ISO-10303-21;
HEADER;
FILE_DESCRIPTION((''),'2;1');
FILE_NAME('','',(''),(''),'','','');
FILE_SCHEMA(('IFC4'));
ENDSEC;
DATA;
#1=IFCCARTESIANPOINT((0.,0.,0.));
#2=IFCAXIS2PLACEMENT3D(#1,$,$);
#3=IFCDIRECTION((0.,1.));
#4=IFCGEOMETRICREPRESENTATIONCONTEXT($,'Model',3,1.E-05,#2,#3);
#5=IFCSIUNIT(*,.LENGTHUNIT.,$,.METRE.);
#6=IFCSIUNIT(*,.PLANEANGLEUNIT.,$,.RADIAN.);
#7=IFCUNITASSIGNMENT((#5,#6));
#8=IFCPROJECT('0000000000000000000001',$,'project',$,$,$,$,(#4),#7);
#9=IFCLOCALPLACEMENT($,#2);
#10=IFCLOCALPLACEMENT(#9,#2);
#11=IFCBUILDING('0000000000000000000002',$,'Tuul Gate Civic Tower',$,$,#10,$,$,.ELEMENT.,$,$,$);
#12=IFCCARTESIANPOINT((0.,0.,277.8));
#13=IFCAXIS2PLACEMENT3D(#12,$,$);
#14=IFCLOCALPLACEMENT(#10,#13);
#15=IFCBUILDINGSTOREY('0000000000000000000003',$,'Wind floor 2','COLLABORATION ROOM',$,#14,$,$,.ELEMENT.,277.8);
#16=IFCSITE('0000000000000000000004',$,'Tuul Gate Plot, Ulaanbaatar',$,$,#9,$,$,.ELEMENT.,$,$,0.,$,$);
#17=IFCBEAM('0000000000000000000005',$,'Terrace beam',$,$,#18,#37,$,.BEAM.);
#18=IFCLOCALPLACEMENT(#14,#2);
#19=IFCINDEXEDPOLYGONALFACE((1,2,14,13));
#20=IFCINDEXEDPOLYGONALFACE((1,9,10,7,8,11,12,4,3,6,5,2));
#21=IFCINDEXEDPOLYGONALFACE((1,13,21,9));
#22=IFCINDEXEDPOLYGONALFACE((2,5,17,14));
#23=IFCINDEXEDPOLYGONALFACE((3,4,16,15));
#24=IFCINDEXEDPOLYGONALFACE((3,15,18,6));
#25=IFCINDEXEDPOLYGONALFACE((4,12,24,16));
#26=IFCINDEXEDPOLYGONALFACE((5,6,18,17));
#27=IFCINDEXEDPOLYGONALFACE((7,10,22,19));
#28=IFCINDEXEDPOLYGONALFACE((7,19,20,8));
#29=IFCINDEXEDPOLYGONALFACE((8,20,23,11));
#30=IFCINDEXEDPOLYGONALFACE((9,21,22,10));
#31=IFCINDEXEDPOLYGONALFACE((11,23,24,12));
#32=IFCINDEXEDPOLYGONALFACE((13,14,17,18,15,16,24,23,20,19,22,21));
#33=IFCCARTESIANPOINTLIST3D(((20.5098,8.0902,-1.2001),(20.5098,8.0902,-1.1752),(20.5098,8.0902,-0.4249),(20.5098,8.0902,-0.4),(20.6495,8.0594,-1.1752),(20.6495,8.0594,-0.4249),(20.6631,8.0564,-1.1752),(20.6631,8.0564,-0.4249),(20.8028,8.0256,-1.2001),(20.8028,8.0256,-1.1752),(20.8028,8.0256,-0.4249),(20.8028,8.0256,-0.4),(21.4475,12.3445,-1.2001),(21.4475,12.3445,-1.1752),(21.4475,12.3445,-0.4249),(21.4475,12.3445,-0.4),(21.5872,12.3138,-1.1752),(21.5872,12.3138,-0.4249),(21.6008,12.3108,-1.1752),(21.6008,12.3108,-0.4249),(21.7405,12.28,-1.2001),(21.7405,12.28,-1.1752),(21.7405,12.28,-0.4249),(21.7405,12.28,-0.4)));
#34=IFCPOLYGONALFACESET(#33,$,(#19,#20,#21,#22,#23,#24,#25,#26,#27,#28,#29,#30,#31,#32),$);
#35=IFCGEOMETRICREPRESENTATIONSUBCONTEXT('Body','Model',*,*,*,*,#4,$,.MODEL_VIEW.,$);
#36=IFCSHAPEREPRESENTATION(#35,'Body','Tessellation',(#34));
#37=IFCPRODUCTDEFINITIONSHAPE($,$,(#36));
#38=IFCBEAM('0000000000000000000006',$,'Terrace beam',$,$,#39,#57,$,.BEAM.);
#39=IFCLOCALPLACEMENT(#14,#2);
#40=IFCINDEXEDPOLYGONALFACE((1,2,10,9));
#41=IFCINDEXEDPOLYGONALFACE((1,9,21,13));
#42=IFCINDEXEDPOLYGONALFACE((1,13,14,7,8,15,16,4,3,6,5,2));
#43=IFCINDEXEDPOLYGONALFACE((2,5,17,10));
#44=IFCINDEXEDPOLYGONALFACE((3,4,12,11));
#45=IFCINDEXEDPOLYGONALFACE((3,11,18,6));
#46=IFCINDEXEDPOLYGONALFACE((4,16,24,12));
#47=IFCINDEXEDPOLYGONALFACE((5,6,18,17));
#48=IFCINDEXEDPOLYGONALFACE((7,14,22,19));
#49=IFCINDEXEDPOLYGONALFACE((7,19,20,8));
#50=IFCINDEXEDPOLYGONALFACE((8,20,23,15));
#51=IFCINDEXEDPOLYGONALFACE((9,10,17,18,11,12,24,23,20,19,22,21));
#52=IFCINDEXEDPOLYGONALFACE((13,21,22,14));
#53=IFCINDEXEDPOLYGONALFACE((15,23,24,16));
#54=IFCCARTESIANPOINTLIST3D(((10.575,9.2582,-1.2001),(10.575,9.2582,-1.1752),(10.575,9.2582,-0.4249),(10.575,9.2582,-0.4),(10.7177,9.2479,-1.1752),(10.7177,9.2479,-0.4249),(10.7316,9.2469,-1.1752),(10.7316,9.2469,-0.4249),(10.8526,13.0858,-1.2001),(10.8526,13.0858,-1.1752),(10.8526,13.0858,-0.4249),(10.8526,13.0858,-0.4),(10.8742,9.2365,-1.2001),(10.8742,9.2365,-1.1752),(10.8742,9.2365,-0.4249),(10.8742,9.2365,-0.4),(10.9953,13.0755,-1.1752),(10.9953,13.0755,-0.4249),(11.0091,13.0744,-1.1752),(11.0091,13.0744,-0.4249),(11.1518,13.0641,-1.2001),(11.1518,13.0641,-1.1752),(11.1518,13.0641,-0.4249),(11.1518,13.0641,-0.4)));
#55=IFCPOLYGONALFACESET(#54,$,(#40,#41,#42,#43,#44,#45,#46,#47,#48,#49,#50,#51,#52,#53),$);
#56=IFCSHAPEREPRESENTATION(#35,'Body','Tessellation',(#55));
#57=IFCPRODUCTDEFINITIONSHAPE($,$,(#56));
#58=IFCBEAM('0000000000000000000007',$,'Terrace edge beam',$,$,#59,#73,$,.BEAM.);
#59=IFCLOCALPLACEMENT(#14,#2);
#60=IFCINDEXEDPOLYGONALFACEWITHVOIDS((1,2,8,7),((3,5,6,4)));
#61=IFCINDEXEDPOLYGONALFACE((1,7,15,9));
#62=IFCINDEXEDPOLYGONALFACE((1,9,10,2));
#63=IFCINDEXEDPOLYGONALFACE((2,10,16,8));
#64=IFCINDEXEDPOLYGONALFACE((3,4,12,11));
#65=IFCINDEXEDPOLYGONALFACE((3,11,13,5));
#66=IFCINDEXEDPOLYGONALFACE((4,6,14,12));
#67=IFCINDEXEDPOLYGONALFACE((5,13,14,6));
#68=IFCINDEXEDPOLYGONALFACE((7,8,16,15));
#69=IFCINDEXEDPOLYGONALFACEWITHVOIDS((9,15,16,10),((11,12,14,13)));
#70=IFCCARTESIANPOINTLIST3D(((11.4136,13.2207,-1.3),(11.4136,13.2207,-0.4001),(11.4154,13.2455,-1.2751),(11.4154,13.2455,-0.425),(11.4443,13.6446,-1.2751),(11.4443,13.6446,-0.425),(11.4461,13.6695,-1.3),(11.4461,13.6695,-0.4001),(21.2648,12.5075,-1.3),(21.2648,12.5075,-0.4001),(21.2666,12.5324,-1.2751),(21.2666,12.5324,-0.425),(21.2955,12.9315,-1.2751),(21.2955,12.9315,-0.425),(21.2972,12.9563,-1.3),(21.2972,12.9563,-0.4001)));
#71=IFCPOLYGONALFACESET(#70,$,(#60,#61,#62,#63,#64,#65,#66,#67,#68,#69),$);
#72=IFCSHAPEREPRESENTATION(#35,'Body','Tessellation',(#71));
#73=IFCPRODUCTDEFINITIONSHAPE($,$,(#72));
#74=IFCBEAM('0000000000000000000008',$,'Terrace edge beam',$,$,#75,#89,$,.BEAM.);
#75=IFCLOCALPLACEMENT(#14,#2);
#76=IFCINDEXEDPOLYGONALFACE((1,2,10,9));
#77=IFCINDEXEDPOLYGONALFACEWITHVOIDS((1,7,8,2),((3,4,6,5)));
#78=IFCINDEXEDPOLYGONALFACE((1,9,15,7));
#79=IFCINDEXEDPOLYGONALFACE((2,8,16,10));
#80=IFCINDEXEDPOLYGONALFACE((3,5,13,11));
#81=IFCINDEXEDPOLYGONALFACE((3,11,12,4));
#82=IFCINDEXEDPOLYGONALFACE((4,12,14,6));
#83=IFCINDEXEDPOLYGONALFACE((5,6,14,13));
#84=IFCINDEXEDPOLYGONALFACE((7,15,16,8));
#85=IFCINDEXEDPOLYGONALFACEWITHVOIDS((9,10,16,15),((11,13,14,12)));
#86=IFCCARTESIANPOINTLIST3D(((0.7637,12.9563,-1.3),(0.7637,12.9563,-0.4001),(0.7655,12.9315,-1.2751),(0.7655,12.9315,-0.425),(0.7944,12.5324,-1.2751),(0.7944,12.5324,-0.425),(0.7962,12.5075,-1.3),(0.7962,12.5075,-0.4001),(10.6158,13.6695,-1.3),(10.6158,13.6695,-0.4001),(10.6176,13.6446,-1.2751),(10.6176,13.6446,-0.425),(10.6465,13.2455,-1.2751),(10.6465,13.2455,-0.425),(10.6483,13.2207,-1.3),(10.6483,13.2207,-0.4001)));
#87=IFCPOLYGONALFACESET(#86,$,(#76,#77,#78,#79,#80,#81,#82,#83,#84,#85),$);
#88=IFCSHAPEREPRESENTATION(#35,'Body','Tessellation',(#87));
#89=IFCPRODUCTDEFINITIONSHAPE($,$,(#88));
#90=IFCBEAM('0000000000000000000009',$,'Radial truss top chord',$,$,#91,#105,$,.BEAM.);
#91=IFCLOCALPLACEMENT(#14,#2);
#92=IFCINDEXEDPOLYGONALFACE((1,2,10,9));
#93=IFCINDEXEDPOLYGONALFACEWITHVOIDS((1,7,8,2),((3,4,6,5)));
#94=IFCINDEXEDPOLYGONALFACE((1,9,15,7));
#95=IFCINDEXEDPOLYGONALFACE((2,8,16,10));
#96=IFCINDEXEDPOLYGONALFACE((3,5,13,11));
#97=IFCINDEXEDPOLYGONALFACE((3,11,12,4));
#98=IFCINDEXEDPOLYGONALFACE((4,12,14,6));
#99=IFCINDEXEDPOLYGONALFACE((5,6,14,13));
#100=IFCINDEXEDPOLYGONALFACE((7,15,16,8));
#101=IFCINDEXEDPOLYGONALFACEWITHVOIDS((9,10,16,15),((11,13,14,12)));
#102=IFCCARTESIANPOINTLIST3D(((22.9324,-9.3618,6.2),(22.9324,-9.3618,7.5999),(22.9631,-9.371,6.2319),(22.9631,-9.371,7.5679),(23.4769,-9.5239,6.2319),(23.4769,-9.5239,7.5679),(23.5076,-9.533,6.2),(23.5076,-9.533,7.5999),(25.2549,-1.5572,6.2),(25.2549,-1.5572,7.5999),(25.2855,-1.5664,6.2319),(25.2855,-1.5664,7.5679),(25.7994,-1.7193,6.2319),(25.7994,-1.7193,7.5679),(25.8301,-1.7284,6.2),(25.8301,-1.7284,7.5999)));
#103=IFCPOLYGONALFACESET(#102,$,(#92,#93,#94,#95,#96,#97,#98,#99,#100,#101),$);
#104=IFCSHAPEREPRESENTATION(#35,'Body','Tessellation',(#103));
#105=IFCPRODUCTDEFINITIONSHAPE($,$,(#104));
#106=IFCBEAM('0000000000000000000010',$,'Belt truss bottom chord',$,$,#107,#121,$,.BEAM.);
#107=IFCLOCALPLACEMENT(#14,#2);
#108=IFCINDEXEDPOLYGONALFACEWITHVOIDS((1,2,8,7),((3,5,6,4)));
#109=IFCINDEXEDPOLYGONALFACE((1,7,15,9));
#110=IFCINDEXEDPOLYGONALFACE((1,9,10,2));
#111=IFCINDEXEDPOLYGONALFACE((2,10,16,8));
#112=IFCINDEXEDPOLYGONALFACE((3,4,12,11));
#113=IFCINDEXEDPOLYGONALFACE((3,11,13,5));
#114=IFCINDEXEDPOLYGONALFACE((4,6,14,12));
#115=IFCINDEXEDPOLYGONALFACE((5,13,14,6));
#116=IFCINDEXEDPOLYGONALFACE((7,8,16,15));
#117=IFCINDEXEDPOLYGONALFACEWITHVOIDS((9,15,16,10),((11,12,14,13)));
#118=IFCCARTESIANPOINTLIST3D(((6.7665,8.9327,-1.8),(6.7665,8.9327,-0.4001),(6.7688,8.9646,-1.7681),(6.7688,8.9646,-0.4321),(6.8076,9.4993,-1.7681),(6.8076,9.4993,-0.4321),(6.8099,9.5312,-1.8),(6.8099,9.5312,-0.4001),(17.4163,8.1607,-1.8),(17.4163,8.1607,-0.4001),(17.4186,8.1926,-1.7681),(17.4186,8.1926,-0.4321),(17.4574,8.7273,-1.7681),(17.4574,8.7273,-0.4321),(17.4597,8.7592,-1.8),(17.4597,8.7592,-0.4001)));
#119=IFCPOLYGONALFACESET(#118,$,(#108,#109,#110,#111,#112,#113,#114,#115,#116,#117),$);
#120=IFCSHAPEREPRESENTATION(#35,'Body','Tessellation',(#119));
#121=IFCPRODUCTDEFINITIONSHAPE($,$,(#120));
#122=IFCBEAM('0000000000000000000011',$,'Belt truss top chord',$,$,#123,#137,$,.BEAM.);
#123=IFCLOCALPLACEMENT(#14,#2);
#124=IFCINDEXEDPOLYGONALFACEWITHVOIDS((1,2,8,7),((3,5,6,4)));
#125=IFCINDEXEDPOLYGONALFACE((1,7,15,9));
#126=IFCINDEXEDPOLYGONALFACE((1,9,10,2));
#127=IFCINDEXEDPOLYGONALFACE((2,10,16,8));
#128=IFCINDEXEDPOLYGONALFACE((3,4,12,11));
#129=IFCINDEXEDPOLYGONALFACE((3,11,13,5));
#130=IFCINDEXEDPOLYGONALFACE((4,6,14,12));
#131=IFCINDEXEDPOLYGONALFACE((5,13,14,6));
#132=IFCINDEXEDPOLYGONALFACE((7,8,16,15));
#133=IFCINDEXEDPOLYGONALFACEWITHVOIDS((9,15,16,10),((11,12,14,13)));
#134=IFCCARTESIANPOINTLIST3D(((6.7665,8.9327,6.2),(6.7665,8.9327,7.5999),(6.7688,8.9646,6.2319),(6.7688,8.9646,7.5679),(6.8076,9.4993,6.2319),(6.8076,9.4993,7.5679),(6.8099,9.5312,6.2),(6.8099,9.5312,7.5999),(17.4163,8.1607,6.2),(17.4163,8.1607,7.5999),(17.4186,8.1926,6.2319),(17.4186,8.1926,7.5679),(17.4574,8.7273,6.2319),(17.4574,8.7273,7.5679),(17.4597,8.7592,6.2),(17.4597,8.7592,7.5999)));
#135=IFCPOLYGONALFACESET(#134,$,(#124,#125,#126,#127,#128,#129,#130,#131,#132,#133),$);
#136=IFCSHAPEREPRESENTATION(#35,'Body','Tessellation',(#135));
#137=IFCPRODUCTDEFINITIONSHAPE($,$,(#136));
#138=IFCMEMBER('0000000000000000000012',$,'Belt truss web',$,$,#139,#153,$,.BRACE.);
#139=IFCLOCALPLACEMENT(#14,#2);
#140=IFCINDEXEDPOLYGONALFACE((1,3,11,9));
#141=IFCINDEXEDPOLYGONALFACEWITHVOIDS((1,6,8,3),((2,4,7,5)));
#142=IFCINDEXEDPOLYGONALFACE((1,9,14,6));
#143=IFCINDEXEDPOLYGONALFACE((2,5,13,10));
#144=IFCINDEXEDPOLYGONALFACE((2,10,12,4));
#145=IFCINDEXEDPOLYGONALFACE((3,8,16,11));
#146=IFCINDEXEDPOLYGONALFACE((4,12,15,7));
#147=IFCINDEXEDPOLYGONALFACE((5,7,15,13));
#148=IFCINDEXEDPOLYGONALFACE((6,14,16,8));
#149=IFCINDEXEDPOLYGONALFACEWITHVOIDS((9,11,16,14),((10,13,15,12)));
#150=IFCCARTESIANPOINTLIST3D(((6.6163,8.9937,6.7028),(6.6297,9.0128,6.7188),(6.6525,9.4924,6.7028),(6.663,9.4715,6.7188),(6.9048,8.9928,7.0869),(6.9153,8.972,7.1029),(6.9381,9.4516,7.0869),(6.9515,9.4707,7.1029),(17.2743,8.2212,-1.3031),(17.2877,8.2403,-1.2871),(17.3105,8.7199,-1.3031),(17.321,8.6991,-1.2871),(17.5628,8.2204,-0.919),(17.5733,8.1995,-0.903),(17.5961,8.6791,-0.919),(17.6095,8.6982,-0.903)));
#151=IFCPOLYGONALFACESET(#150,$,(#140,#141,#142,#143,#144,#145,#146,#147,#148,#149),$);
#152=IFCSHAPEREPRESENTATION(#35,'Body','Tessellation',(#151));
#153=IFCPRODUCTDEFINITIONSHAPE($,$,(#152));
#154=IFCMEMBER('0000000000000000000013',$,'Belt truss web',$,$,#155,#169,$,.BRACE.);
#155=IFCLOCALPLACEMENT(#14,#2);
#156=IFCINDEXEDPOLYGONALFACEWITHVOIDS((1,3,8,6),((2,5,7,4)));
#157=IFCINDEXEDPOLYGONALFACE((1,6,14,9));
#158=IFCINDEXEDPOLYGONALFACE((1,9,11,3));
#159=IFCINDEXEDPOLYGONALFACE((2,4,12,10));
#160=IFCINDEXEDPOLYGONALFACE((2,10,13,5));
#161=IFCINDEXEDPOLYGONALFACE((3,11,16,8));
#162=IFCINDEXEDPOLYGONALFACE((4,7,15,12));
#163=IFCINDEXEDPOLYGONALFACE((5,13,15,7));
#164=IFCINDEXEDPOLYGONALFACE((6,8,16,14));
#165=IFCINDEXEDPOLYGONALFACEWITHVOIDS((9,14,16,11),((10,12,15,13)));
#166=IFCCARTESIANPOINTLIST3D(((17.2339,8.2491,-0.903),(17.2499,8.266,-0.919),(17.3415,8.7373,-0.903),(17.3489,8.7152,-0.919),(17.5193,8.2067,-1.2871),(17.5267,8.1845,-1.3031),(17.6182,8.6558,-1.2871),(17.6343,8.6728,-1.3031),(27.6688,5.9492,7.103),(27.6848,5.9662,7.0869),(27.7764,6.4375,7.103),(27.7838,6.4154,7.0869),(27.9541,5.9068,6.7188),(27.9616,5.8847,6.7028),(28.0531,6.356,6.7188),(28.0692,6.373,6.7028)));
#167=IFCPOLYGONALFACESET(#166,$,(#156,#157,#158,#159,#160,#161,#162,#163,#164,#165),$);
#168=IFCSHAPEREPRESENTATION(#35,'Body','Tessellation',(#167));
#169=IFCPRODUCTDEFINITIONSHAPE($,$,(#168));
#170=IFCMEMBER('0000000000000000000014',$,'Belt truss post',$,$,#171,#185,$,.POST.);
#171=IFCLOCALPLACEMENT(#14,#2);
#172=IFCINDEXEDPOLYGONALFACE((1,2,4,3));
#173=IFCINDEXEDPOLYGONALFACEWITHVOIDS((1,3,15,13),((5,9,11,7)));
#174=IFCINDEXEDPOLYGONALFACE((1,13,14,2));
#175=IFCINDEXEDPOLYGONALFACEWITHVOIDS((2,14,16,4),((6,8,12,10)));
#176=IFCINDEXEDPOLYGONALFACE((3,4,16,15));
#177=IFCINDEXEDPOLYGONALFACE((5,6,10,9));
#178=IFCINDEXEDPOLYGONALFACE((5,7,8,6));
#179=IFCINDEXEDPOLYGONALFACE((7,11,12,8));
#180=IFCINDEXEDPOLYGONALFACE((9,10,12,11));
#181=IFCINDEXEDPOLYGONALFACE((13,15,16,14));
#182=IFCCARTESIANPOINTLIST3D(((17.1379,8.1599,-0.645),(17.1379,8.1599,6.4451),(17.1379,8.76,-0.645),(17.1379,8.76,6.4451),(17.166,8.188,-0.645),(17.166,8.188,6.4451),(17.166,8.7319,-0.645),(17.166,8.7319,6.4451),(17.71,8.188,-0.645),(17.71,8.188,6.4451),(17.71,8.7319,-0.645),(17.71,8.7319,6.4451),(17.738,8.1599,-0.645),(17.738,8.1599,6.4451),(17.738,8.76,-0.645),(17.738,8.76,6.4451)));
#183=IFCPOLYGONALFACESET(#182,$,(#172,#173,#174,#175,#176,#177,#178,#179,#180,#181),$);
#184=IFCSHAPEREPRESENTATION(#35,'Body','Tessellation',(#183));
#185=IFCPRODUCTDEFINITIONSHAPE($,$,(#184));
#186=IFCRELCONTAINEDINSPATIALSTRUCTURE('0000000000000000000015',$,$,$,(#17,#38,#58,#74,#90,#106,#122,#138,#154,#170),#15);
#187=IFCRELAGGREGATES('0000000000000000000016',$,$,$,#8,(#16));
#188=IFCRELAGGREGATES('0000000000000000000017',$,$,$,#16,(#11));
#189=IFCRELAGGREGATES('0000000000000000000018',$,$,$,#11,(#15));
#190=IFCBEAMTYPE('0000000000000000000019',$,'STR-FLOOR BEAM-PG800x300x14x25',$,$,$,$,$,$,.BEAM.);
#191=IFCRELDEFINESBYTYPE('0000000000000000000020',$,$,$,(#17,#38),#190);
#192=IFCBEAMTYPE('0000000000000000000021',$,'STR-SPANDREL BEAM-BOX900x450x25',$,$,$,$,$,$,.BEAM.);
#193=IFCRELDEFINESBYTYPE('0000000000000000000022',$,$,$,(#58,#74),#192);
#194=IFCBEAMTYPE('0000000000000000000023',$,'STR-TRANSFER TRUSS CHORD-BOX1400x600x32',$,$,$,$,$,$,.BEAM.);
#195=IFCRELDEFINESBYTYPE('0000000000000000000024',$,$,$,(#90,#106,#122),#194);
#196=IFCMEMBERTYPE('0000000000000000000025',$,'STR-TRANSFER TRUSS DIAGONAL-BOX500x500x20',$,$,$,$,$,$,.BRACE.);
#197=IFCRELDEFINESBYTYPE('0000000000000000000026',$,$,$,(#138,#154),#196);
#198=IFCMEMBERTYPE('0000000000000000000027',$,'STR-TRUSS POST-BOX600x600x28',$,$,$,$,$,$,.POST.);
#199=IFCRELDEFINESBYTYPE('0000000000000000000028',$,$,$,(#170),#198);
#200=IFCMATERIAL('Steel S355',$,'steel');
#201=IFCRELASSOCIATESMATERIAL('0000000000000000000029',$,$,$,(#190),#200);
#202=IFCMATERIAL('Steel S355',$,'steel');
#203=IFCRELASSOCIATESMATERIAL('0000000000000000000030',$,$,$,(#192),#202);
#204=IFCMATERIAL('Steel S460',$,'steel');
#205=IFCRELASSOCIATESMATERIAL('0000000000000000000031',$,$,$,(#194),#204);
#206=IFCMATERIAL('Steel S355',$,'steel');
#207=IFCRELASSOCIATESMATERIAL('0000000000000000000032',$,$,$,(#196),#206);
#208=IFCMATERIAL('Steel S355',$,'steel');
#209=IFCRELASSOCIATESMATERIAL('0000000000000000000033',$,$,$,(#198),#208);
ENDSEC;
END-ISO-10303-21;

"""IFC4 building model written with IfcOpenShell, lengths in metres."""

from ifc_helpers import new_model, si_unit, direction, frame, origin, origin_2d, place, context, subcontext, project, spatial, hollow_rectangle, i_section, extrude, material, material_profile, profile_set, type_object, element, save


model = new_model("IFC4")

# Units and contexts
model_context = context("Model", 3, precision=1e-05, world=origin(), true_north=direction((0.0, 1.0)))
body_context = subcontext(model_context, "Body", "Model", "MODEL_VIEW")
ifc_project = project(units=[si_unit("LENGTHUNIT", "METRE"), si_unit("PLANEANGLEUNIT", "RADIAN")], contexts=[model_context])

# Site, building, storey
site_placement = place(None, origin())
site = spatial("IfcSite", under=ifc_project, at=site_placement, Name="Tuul Gate Plot, Ulaanbaatar", CompositionType="ELEMENT", RefElevation=0.0)
building_placement = place(site_placement, origin())
building = spatial("IfcBuilding", under=site, at=building_placement, Name="Tuul Gate Civic Tower", CompositionType="ELEMENT")
storey_placement = place(building_placement, frame((0.0, 0.0, 277.8)))
storey = spatial("IfcBuildingStorey", under=building, at=storey_placement, Name="Wind floor 2", Description="COLLABORATION ROOM", CompositionType="ELEMENT", Elevation=277.8)

# Beams
ifc_material_1 = material(Name="Steel S355", Category="steel")
ifc_material_profile_1 = material_profile(ifc_material_1, i_section(OverallWidth=0.3, OverallDepth=0.8, WebThickness=0.0139, FlangeThickness=0.0249, at=origin_2d()), Name="PG800x300x14x25")
ifc_profile_set_1 = profile_set([ifc_material_profile_1], Name="Steel S355")
beam_type_1 = type_object("IfcBeamType", Name="STR-FLOOR BEAM-PG800x300x14x25", PredefinedType="BEAM", material=ifc_profile_set_1)
beam_1_placement = place(storey_placement, frame((21.594, 12.3123, -0.8), z_axis=(-0.215251, -0.976559, 0.0), x_axis=(0.976559, -0.215251, 0.0)))
element("IfcBeam", 1, at=beam_1_placement, inside=storey, type_object=beam_type_1, Name="Terrace beam", PredefinedType="BEAM", context=body_context, shape_type="SweptSolid", body=[
    extrude(i_section(OverallWidth=0.3, OverallDepth=0.8, WebThickness=0.0139, FlangeThickness=0.0249, at=origin_2d()), origin(), (0.0, 0.0, 1.0), 4.3564),
])
beam_2_placement = place(storey_placement, frame((11.0022, 13.075, -0.8), z_axis=(-0.072332, -0.997381, 0.0), x_axis=(0.997381, -0.072332, 0.0)))
element("IfcBeam", 2, at=beam_2_placement, inside=storey, type_object=beam_type_1, Name="Terrace beam", PredefinedType="BEAM", context=body_context, shape_type="SweptSolid", body=[
    extrude(i_section(OverallWidth=0.3, OverallDepth=0.8, WebThickness=0.0139, FlangeThickness=0.0249, at=origin_2d()), origin(), (0.0, 0.0, 1.0), 3.8376),
])
ifc_material_2 = material(Name="Steel S355", Category="steel")
ifc_material_profile_2 = material_profile(ifc_material_2, hollow_rectangle(XDim=0.45, YDim=0.8999, WallThickness=0.0249, at=origin_2d()), Name="BOX900x450x25")
ifc_profile_set_2 = profile_set([ifc_material_profile_2], Name="Steel S355")
beam_type_2 = type_object("IfcBeamType", Name="STR-SPANDREL BEAM-BOX900x450x25", PredefinedType="BEAM", material=ifc_profile_set_2)
beam_3_placement = place(storey_placement, frame((21.281, 12.7319, -0.8501), z_axis=(-0.99739, 0.072203, 0.0), x_axis=(-0.072203, -0.99739, 0.0)))
element("IfcBeam", 3, at=beam_3_placement, inside=storey, type_object=beam_type_2, Name="Terrace edge beam", PredefinedType="BEAM", context=body_context, shape_type="SweptSolid", body=[
    extrude(hollow_rectangle(XDim=0.45, YDim=0.8999, WallThickness=0.0249, at=origin_2d()), origin(), (0.0, 0.0, 1.0), 9.877),
])
beam_4_placement = place(storey_placement, frame((10.6321, 13.4451, -0.8501), z_axis=(-0.99739, -0.072196, 0.0), x_axis=(0.072196, -0.99739, 0.0)))
element("IfcBeam", 4, at=beam_4_placement, inside=storey, type_object=beam_type_2, Name="Terrace edge beam", PredefinedType="BEAM", context=body_context, shape_type="SweptSolid", body=[
    extrude(hollow_rectangle(XDim=0.45, YDim=0.8999, WallThickness=0.0249, at=origin_2d()), origin(), (0.0, 0.0, 1.0), 9.8779),
])
ifc_material_3 = material(Name="Steel S460", Category="steel")
ifc_material_profile_3 = material_profile(ifc_material_3, hollow_rectangle(XDim=0.6001, YDim=1.3999, WallThickness=0.032, at=origin_2d()), Name="BOX1400x600x32")
ifc_profile_set_3 = profile_set([ifc_material_profile_3], Name="Steel S460")
beam_type_3 = type_object("IfcBeamType", Name="STR-TRANSFER TRUSS CHORD-BOX1400x600x32", PredefinedType="BEAM", material=ifc_profile_set_3)
beam_5_placement = place(storey_placement, frame((25.5425, -1.6428, 6.8999), z_axis=(-0.285218, -0.958463, 0.0), x_axis=(0.958463, -0.285218, 0.0)))
element("IfcBeam", 5, at=beam_5_placement, inside=storey, type_object=beam_type_3, Name="Radial truss top chord", PredefinedType="BEAM", context=body_context, shape_type="SweptSolid", body=[
    extrude(hollow_rectangle(XDim=0.6001, YDim=1.3999, WallThickness=0.032, at=origin_2d()), origin(), (0.0, 0.0, 1.0), 8.1428),
])
for number, where, z_axis, x_axis, name in (
    (6, (17.438, 8.46, -1.1001), (-0.997383, 0.072297, 0.0), (-0.072297, -0.997383, 0.0), "Belt truss bottom chord"),
    (7, (17.438, 8.46, 6.8999), (-0.997383, 0.072297, 0.0), (-0.072297, -0.997383, 0.0), "Belt truss top chord"),
):
    element("IfcBeam", number, at=place(storey_placement, frame(where, z_axis=z_axis, x_axis=x_axis)), inside=storey, type_object=beam_type_3, Name=name, PredefinedType="BEAM", context=body_context, shape_type="SweptSolid", body=[
        extrude(hollow_rectangle(XDim=0.6001, YDim=1.3999, WallThickness=0.032, at=origin_2d()), origin(), (0.0, 0.0, 1.0), 10.6777),
    ])

# Members
ifc_material_4 = material(Name="Steel S355", Category="steel")
ifc_material_profile_4 = material_profile(ifc_material_4, hollow_rectangle(XDim=0.5, YDim=0.5, WallThickness=0.02, at=origin_2d()), Name="BOX500x500x20")
ifc_profile_set_4 = profile_set([ifc_material_profile_4], Name="Steel S355")
member_type_1 = type_object("IfcMemberType", Name="STR-TRANSFER TRUSS DIAGONAL-BOX500x500x20", PredefinedType="BRACE", material=ifc_profile_set_4)
member_1_placement = place(storey_placement, frame((17.4419, 8.4597, -1.103), z_axis=(-0.798214, 0.057852, 0.599589), x_axis=(-0.072288, -0.997384, 0.0)))
element("IfcMember", 8, at=member_1_placement, inside=storey, type_object=member_type_1, Name="Belt truss web", PredefinedType="BRACE", context=body_context, shape_type="SweptSolid", body=[
    extrude(hollow_rectangle(XDim=0.5, YDim=0.5, WallThickness=0.02, at=origin_2d()), origin(), (0.0, 0.0, 1.0), 13.3523),
])
member_2_placement = place(storey_placement, frame((17.4341, 8.4609, -1.103), z_axis=(0.781534, -0.172248, 0.599613), x_axis=(0.215232, 0.976563, 0.0)))
element("IfcMember", 9, at=member_2_placement, inside=storey, type_object=member_type_1, Name="Belt truss web", PredefinedType="BRACE", context=body_context, shape_type="SweptSolid", body=[
    extrude(hollow_rectangle(XDim=0.5, YDim=0.5, WallThickness=0.02, at=origin_2d()), origin(), (0.0, 0.0, 1.0), 13.3518),
])
ifc_material_5 = material(Name="Steel S355", Category="steel")
ifc_material_profile_5 = material_profile(ifc_material_5, hollow_rectangle(XDim=0.6001, YDim=0.6001, WallThickness=0.0281, at=origin_2d()), Name="BOX600x600x28")
ifc_profile_set_5 = profile_set([ifc_material_profile_5], Name="Steel S355")
member_type_2 = type_object("IfcMemberType", Name="STR-TRUSS POST-BOX600x600x28", PredefinedType="POST", material=ifc_profile_set_5)
member_3_placement = place(storey_placement, frame((17.438, 8.46, -0.645), z_axis=(0.0, 0.0, 1.0), x_axis=(1.0, 0.0, 0.0)))
element("IfcMember", 10, at=member_3_placement, inside=storey, type_object=member_type_2, Name="Belt truss post", PredefinedType="POST", context=body_context, shape_type="SweptSolid", body=[
    extrude(hollow_rectangle(XDim=0.6001, YDim=0.6001, WallThickness=0.0281, at=origin_2d()), origin(), (0.0, 0.0, 1.0), 7.0901),
])

save(model, "model.ifc")
